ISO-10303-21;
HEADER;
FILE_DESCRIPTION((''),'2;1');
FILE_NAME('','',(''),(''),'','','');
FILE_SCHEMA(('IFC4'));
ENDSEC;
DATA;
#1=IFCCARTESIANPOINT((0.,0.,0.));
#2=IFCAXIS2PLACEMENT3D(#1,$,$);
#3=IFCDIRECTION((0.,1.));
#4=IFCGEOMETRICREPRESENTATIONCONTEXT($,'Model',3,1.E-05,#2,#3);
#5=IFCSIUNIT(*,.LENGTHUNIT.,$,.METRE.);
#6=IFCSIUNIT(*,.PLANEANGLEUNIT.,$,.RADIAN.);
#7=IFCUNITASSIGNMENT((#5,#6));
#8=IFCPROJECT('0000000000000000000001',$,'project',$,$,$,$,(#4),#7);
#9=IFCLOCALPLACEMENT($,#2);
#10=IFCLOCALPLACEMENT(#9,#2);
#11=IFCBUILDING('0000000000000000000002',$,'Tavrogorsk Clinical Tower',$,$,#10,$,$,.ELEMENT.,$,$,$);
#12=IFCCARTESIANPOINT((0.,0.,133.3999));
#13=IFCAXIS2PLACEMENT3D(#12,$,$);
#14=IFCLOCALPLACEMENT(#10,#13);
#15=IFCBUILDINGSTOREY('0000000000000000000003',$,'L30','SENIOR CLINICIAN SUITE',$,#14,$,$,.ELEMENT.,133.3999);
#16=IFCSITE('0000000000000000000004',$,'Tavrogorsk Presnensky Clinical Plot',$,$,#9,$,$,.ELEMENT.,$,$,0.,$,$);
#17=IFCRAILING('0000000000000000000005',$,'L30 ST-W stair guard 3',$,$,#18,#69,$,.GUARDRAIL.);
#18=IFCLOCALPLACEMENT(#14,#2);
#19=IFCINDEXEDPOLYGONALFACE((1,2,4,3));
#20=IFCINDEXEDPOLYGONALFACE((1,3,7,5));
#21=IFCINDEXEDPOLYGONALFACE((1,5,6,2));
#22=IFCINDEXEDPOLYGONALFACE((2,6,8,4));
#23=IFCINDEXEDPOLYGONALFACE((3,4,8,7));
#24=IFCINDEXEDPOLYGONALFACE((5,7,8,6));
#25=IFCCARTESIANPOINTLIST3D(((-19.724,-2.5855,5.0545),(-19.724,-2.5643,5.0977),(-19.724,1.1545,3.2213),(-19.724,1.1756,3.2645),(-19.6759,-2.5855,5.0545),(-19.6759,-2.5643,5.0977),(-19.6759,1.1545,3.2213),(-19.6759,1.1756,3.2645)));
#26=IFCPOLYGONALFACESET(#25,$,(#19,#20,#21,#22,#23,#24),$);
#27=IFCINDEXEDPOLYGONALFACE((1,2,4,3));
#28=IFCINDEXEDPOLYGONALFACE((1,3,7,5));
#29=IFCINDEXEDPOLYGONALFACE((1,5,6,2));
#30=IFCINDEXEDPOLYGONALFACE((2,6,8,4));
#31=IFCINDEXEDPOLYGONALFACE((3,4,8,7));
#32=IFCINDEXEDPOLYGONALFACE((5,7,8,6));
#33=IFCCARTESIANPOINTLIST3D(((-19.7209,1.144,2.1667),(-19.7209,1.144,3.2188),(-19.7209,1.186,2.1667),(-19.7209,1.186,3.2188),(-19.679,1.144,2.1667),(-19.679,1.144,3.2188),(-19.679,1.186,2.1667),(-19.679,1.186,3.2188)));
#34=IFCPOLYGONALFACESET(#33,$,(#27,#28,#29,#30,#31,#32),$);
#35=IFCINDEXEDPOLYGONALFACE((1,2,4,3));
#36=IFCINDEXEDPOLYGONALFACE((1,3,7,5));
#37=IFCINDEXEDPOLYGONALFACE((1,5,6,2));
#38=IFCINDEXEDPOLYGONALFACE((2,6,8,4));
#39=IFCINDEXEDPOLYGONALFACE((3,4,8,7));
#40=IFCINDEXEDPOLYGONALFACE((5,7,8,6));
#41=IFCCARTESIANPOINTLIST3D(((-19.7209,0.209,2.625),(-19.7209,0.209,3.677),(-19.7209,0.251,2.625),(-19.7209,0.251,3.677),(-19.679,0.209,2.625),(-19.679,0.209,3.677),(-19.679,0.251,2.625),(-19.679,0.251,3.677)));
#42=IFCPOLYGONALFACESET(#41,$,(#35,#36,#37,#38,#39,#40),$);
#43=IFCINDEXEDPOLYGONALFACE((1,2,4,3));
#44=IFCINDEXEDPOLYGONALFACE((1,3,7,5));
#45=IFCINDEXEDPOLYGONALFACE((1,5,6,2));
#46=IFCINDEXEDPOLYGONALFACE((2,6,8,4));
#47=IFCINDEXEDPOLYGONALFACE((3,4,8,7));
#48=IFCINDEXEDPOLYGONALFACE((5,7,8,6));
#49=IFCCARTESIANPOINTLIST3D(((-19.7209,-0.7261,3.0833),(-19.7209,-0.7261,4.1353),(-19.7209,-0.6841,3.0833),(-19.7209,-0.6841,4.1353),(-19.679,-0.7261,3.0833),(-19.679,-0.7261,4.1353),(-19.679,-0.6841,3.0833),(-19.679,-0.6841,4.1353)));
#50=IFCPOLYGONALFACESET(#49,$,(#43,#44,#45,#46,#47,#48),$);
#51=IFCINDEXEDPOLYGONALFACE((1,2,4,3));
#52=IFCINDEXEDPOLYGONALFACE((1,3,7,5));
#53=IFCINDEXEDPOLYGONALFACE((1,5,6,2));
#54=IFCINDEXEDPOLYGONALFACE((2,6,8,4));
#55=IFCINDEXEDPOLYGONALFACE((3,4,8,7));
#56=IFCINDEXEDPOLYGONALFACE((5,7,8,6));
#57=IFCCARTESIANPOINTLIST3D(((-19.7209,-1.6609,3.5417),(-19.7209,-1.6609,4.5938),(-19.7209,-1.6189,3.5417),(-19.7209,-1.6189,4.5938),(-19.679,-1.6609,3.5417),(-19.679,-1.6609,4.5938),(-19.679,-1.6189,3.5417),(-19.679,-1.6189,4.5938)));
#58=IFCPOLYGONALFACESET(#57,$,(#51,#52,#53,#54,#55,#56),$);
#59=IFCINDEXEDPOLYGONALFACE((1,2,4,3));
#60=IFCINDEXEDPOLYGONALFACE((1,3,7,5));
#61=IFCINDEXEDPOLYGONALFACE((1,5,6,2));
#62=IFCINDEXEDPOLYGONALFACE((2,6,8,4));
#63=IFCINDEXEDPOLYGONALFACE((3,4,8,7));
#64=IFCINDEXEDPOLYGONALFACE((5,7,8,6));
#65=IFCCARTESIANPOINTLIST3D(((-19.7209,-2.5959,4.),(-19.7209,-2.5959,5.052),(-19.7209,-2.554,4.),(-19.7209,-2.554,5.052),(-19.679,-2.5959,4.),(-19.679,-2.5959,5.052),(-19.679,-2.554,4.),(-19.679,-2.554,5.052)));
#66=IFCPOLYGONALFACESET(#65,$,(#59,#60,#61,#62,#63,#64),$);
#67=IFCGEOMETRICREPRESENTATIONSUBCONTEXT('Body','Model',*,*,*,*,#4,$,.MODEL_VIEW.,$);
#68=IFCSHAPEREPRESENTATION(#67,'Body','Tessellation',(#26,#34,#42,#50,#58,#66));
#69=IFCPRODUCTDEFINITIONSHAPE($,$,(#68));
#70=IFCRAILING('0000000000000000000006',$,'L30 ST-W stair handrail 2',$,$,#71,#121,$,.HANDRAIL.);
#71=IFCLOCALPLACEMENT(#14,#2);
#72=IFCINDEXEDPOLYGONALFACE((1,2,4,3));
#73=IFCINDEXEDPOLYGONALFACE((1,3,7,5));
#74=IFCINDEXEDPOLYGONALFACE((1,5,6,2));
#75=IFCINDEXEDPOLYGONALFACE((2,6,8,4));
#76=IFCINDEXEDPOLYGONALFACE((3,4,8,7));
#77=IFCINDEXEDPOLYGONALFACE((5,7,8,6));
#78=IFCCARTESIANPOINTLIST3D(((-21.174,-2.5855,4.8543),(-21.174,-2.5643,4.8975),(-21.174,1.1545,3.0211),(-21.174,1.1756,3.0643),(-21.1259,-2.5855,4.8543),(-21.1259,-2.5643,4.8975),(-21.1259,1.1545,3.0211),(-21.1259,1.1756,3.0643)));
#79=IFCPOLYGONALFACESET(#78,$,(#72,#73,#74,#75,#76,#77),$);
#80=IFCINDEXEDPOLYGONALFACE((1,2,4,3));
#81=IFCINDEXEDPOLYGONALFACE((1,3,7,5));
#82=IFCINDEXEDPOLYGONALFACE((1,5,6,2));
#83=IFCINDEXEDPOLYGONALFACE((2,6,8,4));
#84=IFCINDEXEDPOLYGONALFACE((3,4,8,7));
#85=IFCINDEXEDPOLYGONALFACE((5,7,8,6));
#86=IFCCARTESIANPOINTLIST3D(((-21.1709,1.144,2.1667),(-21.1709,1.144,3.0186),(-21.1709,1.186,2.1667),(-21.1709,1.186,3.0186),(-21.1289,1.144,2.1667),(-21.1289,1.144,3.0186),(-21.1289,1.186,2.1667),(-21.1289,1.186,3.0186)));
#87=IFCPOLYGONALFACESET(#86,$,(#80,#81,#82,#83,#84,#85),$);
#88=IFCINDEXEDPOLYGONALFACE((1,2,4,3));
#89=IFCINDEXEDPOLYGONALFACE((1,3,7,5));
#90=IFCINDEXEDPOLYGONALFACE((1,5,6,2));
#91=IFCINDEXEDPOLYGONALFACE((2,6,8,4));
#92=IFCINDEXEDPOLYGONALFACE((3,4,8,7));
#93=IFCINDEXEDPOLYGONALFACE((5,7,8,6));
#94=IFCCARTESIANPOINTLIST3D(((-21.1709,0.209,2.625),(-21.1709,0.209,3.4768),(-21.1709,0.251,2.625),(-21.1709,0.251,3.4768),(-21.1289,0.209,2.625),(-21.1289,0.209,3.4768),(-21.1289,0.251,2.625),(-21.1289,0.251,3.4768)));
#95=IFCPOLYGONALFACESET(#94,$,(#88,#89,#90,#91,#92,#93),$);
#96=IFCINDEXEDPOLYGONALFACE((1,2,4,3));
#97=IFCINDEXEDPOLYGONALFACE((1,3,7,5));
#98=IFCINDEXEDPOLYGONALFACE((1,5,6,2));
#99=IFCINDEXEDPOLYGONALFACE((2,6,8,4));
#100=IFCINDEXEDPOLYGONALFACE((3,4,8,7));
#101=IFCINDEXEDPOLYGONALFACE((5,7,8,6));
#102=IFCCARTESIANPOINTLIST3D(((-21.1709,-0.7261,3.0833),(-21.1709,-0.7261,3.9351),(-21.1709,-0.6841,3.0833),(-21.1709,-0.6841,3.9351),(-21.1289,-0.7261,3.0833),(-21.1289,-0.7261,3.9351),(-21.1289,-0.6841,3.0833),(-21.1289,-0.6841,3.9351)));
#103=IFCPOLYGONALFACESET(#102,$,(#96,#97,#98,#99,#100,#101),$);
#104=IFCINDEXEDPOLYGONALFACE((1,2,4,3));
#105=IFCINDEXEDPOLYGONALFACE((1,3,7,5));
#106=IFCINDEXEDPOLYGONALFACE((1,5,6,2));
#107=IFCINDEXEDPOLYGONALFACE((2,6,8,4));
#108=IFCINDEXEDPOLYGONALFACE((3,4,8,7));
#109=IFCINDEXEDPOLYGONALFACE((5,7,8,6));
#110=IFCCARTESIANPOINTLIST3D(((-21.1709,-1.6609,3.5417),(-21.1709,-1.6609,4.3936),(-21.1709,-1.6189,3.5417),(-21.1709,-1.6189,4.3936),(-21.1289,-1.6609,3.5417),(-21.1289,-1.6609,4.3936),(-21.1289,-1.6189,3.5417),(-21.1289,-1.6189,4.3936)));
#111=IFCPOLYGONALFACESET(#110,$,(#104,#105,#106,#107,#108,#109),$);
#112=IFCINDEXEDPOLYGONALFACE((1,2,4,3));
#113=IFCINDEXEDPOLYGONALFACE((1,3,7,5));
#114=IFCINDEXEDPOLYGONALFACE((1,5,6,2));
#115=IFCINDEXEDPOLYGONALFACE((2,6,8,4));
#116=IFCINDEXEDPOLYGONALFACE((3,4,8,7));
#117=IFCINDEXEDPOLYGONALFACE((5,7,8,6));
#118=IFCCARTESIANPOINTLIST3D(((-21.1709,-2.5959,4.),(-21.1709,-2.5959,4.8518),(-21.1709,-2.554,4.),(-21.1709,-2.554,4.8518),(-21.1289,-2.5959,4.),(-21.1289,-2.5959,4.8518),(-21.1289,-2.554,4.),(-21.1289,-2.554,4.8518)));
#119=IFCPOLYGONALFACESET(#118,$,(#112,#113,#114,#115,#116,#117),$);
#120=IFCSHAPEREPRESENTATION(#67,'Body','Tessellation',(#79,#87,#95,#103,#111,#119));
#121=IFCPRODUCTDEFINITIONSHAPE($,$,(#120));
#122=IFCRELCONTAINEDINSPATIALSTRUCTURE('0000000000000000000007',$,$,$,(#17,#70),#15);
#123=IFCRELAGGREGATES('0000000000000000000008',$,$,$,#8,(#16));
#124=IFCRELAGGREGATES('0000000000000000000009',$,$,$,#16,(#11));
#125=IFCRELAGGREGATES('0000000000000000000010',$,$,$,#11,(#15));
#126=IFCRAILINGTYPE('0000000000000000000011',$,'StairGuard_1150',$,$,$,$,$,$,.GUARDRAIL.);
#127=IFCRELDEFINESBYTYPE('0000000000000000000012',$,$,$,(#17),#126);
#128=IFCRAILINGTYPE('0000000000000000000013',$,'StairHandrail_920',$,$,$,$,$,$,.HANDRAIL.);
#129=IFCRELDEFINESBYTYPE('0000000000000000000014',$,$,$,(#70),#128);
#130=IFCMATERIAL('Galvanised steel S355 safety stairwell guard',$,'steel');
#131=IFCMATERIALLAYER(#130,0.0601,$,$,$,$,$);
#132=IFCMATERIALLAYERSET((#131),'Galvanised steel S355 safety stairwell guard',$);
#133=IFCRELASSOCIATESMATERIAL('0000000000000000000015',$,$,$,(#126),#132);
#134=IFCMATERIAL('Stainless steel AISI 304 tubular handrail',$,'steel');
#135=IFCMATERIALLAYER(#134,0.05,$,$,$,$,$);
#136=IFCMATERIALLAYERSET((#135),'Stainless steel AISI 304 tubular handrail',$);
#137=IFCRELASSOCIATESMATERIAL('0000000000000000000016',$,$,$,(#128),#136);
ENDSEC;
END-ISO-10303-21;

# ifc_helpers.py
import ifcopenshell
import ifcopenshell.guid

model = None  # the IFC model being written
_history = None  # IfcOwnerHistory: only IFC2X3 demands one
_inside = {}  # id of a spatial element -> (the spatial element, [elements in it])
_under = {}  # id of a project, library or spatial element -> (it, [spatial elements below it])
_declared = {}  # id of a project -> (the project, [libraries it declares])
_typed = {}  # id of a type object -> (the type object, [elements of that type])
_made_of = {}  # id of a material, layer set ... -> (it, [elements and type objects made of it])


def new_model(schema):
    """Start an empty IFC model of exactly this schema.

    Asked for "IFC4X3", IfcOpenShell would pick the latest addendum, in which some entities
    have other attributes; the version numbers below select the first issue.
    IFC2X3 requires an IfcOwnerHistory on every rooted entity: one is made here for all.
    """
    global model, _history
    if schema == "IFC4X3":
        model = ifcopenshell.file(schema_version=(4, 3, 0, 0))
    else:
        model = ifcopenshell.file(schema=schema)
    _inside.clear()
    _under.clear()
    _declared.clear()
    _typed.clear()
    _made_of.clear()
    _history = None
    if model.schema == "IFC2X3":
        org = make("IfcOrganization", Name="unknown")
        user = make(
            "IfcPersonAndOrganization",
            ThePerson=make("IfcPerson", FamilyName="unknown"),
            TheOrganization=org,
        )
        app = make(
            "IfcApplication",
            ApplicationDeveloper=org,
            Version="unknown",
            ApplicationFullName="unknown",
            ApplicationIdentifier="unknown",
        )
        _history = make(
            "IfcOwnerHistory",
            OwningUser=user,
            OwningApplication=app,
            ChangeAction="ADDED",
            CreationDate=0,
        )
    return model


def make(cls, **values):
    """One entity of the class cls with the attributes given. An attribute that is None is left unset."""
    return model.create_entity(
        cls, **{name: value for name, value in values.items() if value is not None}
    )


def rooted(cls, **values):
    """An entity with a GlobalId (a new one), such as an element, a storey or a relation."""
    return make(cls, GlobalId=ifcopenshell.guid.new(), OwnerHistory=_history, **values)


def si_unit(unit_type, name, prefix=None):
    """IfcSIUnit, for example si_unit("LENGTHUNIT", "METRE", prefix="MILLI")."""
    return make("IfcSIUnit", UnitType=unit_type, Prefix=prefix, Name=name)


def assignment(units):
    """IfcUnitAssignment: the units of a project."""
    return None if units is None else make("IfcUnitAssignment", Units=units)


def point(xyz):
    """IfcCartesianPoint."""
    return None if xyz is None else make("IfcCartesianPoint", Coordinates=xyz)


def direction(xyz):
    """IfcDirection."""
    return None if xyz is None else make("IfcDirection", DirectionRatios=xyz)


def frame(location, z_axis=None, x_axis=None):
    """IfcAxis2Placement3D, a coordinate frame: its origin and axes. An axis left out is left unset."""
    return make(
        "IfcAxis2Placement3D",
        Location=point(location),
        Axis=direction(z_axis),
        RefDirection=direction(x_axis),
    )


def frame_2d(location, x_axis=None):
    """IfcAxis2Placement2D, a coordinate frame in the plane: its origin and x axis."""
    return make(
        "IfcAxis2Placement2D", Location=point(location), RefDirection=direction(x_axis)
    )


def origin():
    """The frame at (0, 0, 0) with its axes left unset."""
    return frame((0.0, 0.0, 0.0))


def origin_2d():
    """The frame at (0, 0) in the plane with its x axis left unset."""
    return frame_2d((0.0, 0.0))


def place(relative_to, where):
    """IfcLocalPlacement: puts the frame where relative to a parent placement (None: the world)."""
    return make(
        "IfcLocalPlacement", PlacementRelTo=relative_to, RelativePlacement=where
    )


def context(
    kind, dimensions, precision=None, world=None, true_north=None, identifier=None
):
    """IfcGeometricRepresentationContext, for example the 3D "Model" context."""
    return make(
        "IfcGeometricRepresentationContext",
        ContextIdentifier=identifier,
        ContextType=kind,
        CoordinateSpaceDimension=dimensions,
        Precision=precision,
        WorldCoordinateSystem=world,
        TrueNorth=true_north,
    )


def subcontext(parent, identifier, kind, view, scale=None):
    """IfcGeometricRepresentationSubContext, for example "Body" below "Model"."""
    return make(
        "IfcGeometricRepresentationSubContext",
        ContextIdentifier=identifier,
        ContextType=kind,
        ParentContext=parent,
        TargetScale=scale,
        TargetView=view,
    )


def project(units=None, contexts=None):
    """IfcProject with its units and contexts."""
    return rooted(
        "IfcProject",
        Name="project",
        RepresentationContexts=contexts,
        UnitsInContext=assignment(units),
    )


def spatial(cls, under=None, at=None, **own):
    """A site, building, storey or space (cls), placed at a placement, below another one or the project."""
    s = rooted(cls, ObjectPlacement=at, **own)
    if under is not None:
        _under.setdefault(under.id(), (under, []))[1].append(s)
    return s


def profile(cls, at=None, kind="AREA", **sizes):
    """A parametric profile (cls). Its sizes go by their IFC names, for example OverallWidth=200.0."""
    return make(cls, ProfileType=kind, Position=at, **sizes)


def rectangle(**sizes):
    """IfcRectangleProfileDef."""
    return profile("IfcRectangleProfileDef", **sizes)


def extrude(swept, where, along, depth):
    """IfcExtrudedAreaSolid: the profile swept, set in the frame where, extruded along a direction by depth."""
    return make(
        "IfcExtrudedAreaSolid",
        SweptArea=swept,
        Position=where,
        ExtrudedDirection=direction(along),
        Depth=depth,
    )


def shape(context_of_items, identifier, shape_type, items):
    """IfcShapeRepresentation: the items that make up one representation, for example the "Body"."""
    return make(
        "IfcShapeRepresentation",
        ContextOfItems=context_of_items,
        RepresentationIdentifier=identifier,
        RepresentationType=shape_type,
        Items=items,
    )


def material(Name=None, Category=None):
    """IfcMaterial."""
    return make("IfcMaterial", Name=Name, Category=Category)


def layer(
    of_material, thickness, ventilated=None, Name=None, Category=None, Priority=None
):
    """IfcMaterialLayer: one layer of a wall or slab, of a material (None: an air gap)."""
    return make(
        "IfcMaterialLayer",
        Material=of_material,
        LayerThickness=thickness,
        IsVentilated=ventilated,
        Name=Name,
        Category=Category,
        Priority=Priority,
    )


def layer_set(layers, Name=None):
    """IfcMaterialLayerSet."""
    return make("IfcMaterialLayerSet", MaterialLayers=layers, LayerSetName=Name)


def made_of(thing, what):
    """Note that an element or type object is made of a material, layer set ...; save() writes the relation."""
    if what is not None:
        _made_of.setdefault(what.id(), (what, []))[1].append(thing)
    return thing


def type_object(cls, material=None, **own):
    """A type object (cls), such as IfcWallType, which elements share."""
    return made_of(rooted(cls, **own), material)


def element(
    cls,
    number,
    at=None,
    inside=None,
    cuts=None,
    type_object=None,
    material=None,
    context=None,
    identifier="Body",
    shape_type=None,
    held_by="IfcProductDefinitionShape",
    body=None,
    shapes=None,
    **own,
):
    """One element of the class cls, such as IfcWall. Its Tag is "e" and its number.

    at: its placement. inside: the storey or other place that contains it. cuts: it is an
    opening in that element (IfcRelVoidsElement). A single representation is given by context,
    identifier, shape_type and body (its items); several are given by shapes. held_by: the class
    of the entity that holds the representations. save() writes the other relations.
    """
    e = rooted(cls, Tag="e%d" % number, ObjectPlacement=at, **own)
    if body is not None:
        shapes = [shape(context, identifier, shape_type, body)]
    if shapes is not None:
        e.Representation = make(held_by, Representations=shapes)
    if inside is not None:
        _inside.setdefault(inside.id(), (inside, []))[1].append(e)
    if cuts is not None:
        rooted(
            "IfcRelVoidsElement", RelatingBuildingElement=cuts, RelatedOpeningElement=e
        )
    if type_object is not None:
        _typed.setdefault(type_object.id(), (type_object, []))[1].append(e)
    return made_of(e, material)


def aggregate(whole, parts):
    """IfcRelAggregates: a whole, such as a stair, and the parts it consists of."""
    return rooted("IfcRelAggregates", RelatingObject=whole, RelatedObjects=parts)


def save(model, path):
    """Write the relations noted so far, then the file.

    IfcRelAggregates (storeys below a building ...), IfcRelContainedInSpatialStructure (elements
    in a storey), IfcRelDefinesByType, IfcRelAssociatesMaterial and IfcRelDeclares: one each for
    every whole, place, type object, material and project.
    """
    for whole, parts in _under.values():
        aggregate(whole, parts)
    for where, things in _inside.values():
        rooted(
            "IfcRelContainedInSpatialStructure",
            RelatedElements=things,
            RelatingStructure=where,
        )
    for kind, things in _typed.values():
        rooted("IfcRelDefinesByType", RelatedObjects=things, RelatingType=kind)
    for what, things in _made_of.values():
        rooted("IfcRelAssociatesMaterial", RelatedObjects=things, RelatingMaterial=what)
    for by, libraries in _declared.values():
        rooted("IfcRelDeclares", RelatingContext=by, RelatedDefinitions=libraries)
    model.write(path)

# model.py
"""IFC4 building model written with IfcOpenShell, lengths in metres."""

from ifc_helpers import new_model, si_unit, direction, frame, origin, origin_2d, place, context, subcontext, project, spatial, rectangle, extrude, material, layer, layer_set, type_object, element, save


model = new_model("IFC4")

# Units and contexts
model_context = context("Model", 3, precision=1e-05, world=origin(), true_north=direction((0.0, 1.0)))
body_context = subcontext(model_context, "Body", "Model", "MODEL_VIEW")
ifc_project = project(units=[si_unit("LENGTHUNIT", "METRE"), si_unit("PLANEANGLEUNIT", "RADIAN")], contexts=[model_context])

# Site, building, storey
site_placement = place(None, origin())
site = spatial("IfcSite", under=ifc_project, at=site_placement, Name="Tavrogorsk Presnensky Clinical Plot", CompositionType="ELEMENT", RefElevation=0.0)
building_placement = place(site_placement, origin())
building = spatial("IfcBuilding", under=site, at=building_placement, Name="Tavrogorsk Clinical Tower", CompositionType="ELEMENT")
storey_placement = place(building_placement, frame((0.0, 0.0, 133.3999)))
storey = spatial("IfcBuildingStorey", under=building, at=storey_placement, Name="L30", Description="SENIOR CLINICIAN SUITE", CompositionType="ELEMENT", Elevation=133.3999)

# Railings
ifc_material_1 = material(Name="Galvanised steel S355 safety stairwell guard", Category="steel")
ifc_layer_1 = layer(ifc_material_1, 0.0601)
ifc_layer_set_1 = layer_set([ifc_layer_1], Name="Galvanised steel S355 safety stairwell guard")
railing_type_1 = type_object("IfcRailingType", Name="StairGuard_1150", PredefinedType="GUARDRAIL", material=ifc_layer_set_1)
railing_1_placement = place(storey_placement, frame((-19.7, 1.165, 2.1667)))
element("IfcRailing", 1, at=railing_1_placement, inside=storey, type_object=railing_type_1, Name="L30 ST-W stair guard 3", PredefinedType="GUARDRAIL", context=body_context, shape_type="SweptSolid", body=[
    extrude(rectangle(XDim=0.0481, YDim=0.0481, at=origin_2d()), frame((0.0, 0.0, 1.0762), z_axis=(0.0, -0.897928, 0.440142), x_axis=(1.0, 0.0, 0.0)), (0.0, 0.0, 1.0), 4.165),
    extrude(rectangle(XDim=0.042, YDim=0.042, at=origin_2d()), origin(), (0.0, 0.0, 1.0), 1.052),
    extrude(rectangle(XDim=0.042, YDim=0.042, at=origin_2d()), frame((0.0, -0.9351, 0.4583)), (0.0, 0.0, 1.0), 1.052),
    extrude(rectangle(XDim=0.042, YDim=0.042, at=origin_2d()), frame((0.0, -1.8701, 0.9165)), (0.0, 0.0, 1.0), 1.052),
    extrude(rectangle(XDim=0.042, YDim=0.042, at=origin_2d()), frame((0.0, -2.8049, 1.375)), (0.0, 0.0, 1.0), 1.052),
    extrude(rectangle(XDim=0.042, YDim=0.042, at=origin_2d()), frame((0.0, -3.74, 1.8333)), (0.0, 0.0, 1.0), 1.052),
])
ifc_material_2 = material(Name="Stainless steel AISI 304 tubular handrail", Category="steel")
ifc_layer_2 = layer(ifc_material_2, 0.05)
ifc_layer_set_2 = layer_set([ifc_layer_2], Name="Stainless steel AISI 304 tubular handrail")
railing_type_2 = type_object("IfcRailingType", Name="StairHandrail_920", PredefinedType="HANDRAIL", material=ifc_layer_set_2)
railing_2_placement = place(storey_placement, frame((-21.1499, 1.165, 2.1667)))
element("IfcRailing", 2, at=railing_2_placement, inside=storey, type_object=railing_type_2, Name="L30 ST-W stair handrail 2", PredefinedType="HANDRAIL", context=body_context, shape_type="SweptSolid", body=[
    extrude(rectangle(XDim=0.0481, YDim=0.0481, at=origin_2d()), frame((0.0, 0.0, 0.876), z_axis=(0.0, -0.897928, 0.440142), x_axis=(1.0, 0.0, 0.0)), (0.0, 0.0, 1.0), 4.165),
    extrude(rectangle(XDim=0.042, YDim=0.042, at=origin_2d()), origin(), (0.0, 0.0, 1.0), 0.8518),
    extrude(rectangle(XDim=0.042, YDim=0.042, at=origin_2d()), frame((0.0, -0.9351, 0.4583)), (0.0, 0.0, 1.0), 0.8518),
    extrude(rectangle(XDim=0.042, YDim=0.042, at=origin_2d()), frame((0.0, -1.8701, 0.9165)), (0.0, 0.0, 1.0), 0.8518),
    extrude(rectangle(XDim=0.042, YDim=0.042, at=origin_2d()), frame((0.0, -2.8049, 1.375)), (0.0, 0.0, 1.0), 0.8518),
    extrude(rectangle(XDim=0.042, YDim=0.042, at=origin_2d()), frame((0.0, -3.74, 1.8333)), (0.0, 0.0, 1.0), 0.8518),
])

save(model, "model.ifc")
